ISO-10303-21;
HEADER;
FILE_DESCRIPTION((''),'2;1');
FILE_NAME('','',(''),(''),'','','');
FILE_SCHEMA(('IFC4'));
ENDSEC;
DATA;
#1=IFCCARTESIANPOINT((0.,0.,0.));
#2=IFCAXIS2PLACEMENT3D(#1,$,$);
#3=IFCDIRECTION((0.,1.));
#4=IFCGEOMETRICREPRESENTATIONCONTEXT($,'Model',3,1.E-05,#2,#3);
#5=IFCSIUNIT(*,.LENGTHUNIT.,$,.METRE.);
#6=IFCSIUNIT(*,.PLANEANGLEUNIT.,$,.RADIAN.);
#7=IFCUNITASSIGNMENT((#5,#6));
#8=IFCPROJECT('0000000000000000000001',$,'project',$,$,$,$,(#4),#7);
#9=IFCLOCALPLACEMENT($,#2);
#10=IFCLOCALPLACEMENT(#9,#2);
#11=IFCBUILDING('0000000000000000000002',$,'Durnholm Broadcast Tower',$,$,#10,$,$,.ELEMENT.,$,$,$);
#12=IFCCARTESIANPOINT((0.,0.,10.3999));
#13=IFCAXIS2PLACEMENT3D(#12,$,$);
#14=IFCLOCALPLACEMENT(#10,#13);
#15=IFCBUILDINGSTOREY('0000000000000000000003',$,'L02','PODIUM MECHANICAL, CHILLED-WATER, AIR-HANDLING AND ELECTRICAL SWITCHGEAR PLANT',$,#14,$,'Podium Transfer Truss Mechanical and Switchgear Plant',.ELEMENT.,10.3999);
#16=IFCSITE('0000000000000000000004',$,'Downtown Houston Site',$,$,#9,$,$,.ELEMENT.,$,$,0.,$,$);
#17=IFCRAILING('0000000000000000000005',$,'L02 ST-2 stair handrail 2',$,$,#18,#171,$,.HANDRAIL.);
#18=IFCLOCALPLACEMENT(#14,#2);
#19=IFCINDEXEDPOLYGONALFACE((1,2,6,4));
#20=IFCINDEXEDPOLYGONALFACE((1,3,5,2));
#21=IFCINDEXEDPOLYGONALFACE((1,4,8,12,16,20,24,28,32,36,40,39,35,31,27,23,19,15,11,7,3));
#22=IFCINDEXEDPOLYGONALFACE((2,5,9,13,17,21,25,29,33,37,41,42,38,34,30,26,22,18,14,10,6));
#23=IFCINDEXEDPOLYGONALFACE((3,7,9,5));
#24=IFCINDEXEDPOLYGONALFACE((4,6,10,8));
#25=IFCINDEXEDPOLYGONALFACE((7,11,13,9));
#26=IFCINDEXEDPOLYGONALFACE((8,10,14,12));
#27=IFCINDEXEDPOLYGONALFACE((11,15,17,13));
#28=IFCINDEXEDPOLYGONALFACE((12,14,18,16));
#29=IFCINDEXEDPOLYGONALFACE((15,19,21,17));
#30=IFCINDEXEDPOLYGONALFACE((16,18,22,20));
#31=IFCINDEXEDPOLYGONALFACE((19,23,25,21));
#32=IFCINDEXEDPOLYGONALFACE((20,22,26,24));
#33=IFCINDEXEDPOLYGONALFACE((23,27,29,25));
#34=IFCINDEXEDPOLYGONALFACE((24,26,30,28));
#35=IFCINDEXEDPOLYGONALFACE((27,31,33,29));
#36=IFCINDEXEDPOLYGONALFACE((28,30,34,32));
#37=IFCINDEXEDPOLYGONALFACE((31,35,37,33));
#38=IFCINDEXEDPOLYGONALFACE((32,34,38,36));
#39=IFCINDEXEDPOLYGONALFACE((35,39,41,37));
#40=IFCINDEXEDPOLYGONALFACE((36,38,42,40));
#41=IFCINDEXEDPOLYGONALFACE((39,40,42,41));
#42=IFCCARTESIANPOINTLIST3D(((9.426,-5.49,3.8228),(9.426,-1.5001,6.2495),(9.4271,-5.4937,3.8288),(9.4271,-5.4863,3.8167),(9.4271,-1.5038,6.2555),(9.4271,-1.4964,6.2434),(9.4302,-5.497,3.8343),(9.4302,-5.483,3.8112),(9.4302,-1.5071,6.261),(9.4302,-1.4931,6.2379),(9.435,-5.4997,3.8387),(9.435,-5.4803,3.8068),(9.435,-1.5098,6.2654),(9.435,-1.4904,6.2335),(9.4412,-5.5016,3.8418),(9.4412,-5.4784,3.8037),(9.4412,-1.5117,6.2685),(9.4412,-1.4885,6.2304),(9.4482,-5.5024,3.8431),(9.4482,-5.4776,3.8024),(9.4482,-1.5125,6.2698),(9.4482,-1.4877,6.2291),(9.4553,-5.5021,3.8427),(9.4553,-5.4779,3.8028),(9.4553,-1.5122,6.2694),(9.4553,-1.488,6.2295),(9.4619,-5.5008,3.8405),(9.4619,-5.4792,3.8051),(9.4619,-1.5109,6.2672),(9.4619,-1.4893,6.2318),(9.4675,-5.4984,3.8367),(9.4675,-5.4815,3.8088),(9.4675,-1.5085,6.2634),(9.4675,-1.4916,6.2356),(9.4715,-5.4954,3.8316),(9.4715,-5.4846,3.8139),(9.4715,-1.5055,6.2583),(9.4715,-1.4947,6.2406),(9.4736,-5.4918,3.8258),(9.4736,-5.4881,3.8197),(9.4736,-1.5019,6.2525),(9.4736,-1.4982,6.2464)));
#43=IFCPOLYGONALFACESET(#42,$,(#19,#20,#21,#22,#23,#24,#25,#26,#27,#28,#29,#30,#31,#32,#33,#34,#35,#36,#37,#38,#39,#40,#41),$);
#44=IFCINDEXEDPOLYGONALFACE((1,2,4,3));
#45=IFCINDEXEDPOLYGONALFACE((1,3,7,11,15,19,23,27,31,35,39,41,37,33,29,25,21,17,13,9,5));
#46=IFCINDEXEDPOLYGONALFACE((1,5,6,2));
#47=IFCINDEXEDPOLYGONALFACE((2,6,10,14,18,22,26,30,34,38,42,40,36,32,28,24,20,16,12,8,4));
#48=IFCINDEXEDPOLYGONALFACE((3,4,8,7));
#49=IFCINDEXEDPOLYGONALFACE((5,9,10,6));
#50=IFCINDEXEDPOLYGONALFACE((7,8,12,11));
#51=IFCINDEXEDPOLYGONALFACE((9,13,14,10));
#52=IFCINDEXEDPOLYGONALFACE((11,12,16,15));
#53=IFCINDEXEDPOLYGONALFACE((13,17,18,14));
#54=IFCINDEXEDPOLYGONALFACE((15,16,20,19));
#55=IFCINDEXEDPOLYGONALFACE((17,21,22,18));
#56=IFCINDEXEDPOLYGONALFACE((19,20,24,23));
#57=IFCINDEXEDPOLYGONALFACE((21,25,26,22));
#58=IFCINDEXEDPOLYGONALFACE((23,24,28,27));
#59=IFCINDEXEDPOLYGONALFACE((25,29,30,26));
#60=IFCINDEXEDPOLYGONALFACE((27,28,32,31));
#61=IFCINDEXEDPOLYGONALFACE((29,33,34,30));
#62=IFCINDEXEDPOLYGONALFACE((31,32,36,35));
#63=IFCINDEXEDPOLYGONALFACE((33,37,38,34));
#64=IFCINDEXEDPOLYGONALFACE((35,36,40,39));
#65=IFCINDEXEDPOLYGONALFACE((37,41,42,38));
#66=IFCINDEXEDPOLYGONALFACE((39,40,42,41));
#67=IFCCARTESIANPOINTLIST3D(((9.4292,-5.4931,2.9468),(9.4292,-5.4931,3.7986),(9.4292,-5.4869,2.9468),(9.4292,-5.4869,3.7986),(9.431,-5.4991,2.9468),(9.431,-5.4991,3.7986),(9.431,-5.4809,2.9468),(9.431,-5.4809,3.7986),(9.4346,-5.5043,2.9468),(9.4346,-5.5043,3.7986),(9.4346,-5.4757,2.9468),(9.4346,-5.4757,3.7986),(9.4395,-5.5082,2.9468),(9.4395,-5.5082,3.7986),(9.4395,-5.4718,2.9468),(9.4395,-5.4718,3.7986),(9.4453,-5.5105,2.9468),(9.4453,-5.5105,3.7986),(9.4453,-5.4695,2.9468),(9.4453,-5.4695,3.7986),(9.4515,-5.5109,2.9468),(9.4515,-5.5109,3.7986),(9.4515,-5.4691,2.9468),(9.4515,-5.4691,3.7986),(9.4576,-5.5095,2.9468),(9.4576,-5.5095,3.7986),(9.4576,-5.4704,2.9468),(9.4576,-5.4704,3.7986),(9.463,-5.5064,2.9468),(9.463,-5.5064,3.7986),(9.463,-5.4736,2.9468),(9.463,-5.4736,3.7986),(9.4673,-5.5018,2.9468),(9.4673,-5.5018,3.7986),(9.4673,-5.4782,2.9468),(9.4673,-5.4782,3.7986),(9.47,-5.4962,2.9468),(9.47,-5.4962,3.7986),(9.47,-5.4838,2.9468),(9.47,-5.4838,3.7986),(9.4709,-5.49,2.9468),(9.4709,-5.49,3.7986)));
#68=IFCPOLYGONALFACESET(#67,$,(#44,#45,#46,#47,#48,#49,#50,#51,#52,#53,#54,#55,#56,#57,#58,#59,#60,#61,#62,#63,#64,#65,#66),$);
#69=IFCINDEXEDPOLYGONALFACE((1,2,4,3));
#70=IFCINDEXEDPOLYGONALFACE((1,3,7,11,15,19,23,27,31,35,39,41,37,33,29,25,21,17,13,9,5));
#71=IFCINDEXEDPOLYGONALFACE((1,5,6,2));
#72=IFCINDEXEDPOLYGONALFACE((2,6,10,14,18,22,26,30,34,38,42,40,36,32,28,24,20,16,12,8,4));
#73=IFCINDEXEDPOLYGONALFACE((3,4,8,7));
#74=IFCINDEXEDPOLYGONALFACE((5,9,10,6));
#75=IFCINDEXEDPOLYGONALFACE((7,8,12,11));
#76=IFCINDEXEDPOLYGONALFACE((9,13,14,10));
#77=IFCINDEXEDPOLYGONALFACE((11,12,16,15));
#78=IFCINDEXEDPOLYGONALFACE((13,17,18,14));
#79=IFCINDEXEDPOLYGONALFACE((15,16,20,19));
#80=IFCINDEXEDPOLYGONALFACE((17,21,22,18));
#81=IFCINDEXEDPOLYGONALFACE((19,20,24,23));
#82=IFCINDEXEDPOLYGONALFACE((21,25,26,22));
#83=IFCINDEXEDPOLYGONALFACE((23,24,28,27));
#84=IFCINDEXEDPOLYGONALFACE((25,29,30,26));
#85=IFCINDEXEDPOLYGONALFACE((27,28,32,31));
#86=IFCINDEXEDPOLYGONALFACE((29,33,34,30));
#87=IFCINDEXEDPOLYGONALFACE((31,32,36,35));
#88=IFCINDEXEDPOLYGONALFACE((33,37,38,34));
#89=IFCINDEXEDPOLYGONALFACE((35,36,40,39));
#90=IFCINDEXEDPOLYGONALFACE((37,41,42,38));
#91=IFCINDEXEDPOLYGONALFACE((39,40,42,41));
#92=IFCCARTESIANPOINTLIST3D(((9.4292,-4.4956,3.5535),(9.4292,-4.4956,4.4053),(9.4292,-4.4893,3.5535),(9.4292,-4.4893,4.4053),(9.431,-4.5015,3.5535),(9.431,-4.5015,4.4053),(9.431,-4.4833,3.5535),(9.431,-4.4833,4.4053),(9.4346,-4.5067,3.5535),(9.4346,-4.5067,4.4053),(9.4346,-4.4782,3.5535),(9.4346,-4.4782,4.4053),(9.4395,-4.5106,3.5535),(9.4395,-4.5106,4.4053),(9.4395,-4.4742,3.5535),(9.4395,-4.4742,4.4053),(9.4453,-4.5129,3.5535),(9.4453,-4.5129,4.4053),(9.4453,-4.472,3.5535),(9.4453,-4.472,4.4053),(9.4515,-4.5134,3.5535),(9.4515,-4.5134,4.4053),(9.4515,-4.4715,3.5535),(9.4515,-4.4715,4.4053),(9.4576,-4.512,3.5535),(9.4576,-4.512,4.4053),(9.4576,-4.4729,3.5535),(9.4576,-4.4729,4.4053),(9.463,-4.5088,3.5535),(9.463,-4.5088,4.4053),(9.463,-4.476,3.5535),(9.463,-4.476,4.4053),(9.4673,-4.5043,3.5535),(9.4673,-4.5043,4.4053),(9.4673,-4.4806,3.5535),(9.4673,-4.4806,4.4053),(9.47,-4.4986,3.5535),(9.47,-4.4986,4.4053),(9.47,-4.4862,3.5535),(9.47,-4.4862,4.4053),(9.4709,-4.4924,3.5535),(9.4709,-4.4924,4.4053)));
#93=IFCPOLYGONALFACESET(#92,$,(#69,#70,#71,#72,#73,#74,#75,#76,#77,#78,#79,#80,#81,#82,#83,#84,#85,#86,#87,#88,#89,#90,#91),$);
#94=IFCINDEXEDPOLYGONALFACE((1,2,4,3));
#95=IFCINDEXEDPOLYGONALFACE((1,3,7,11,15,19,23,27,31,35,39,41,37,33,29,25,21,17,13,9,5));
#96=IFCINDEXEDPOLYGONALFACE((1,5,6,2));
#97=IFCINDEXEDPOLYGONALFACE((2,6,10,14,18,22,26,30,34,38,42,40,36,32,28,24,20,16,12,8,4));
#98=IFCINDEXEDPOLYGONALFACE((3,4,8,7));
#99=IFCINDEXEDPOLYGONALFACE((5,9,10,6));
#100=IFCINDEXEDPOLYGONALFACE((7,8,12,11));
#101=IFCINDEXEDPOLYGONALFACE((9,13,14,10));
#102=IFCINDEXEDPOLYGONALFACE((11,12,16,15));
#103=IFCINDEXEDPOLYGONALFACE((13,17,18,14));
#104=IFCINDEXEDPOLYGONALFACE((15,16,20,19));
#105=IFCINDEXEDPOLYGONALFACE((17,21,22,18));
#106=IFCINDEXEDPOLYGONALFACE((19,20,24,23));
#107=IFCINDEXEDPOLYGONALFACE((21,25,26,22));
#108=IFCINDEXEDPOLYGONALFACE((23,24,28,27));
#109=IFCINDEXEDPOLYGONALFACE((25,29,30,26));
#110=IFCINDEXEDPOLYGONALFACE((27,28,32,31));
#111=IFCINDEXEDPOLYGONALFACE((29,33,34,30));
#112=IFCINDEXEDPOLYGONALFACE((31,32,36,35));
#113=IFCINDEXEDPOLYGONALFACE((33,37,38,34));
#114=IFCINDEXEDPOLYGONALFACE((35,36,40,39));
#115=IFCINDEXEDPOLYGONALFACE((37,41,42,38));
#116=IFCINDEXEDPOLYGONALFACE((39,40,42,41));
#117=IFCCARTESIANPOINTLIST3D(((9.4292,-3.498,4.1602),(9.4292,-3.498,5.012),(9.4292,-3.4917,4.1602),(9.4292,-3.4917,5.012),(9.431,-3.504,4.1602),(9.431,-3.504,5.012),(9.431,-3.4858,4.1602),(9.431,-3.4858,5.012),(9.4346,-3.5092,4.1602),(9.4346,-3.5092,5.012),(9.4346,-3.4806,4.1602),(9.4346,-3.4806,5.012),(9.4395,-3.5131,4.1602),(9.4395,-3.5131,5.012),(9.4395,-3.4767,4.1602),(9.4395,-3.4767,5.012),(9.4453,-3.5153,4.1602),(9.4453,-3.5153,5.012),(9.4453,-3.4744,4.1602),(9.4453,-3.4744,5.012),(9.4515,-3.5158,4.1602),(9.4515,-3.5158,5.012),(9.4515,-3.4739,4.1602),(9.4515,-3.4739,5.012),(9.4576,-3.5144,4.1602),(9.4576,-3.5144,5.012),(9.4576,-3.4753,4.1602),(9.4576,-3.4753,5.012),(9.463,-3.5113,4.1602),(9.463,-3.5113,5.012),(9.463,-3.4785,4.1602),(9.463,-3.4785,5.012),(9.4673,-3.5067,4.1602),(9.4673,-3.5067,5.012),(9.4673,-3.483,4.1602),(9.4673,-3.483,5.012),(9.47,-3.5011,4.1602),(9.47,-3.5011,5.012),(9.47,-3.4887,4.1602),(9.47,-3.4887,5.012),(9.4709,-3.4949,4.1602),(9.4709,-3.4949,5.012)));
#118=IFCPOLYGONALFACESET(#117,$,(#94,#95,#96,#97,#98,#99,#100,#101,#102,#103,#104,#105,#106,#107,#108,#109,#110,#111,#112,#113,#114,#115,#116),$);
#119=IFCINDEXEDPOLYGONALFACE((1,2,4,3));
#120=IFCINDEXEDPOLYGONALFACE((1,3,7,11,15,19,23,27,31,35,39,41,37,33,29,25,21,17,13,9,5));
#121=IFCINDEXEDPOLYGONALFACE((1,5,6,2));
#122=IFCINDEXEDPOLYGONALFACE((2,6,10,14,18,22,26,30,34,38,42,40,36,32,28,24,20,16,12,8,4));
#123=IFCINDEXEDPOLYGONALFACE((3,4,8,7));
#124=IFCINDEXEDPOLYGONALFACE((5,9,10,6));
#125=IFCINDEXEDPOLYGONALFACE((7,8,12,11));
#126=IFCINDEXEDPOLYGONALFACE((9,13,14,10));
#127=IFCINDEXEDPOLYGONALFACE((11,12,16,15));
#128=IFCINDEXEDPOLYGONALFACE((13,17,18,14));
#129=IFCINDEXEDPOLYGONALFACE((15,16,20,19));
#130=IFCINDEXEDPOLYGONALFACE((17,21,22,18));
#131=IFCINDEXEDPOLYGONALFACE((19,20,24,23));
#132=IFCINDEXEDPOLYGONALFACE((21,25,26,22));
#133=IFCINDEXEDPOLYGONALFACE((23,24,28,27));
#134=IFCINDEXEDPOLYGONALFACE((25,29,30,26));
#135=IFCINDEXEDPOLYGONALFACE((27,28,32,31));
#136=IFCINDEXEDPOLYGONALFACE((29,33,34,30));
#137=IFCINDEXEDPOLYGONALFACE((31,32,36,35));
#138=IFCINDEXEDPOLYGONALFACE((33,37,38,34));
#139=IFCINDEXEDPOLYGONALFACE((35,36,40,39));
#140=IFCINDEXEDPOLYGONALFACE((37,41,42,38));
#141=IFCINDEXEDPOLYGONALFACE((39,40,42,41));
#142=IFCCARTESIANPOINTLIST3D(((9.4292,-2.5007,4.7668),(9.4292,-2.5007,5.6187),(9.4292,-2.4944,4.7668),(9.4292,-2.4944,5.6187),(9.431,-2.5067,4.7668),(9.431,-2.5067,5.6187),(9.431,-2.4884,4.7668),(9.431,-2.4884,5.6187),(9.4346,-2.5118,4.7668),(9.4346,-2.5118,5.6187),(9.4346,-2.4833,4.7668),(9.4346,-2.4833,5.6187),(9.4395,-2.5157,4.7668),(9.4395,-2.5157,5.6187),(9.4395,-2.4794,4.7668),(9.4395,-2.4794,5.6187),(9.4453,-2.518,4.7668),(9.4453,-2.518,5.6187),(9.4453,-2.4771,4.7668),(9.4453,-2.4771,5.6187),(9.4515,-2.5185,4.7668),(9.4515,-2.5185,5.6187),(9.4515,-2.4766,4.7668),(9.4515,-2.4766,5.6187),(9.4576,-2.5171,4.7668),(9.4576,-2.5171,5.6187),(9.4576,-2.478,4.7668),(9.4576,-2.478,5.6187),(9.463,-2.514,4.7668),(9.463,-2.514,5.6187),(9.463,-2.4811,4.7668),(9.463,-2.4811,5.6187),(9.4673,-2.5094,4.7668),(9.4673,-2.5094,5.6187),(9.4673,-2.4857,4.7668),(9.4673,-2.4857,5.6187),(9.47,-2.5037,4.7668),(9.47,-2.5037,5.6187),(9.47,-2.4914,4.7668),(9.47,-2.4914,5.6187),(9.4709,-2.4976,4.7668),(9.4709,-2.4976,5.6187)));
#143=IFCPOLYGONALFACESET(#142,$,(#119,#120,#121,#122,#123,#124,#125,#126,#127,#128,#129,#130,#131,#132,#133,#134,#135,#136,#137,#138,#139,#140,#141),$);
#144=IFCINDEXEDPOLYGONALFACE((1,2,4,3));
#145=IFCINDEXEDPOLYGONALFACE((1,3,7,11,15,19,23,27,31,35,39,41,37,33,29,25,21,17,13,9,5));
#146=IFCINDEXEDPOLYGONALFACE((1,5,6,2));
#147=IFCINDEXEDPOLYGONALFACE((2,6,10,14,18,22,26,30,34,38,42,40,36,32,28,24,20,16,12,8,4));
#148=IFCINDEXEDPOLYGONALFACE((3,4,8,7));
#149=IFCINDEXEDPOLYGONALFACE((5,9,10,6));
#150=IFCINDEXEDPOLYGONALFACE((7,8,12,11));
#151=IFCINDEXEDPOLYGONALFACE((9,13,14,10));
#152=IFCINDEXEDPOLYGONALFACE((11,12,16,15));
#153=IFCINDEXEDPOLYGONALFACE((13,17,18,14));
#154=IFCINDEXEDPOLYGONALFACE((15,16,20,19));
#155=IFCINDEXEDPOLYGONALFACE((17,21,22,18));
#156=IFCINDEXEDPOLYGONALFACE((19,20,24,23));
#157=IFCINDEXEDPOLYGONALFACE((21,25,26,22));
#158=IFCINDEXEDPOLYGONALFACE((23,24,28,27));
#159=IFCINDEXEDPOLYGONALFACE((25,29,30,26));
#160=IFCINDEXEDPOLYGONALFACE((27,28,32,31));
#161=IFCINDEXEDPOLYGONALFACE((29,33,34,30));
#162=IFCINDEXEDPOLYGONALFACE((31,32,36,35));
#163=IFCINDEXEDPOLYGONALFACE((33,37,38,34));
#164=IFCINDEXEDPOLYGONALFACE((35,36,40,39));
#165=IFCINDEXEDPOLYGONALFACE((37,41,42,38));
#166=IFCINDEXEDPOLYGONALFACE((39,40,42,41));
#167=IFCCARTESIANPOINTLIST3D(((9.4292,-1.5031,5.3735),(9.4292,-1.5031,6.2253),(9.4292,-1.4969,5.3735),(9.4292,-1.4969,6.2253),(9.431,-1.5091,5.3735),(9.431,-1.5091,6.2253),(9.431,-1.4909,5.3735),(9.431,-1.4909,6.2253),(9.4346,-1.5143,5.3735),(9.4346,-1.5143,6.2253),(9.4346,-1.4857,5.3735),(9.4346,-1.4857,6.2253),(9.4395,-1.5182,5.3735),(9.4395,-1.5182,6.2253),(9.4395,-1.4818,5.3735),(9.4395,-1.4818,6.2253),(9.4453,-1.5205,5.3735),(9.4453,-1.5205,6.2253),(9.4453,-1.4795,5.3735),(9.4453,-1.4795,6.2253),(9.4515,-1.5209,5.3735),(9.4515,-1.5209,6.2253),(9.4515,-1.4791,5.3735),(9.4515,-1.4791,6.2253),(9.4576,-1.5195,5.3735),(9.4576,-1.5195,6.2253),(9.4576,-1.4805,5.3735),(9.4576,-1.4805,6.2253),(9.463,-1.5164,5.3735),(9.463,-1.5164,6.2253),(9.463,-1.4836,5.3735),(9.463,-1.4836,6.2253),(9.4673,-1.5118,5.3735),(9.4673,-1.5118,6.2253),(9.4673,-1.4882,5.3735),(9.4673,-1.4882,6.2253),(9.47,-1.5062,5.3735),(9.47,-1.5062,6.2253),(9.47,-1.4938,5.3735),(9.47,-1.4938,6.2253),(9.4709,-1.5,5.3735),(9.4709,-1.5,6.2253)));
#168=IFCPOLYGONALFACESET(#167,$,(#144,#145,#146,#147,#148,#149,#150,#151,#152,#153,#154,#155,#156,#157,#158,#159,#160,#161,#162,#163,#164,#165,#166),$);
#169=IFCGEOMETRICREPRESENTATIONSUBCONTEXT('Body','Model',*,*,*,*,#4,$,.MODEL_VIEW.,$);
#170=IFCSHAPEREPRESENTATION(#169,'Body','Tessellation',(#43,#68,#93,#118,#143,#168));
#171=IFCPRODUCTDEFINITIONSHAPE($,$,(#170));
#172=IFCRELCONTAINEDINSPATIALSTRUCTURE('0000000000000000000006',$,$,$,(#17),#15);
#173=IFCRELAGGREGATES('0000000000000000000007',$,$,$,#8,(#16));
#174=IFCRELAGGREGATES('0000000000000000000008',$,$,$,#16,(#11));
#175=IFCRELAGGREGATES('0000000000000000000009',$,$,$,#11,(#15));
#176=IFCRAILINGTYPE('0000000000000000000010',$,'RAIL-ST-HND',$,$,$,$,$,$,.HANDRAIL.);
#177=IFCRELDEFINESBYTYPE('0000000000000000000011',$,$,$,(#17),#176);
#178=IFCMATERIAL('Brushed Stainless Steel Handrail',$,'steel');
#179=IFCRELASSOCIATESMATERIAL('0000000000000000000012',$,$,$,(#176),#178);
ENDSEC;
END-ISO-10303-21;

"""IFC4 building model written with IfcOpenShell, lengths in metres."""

from ifc_helpers import new_model, si_unit, direction, frame, origin, origin_2d, place, context, subcontext, project, spatial, circle, extrude, material, type_object, element, save


model = new_model("IFC4")

# Units and contexts
model_context = context("Model", 3, precision=1e-05, world=origin(), true_north=direction((0.0, 1.0)))
body_context = subcontext(model_context, "Body", "Model", "MODEL_VIEW")
ifc_project = project(units=[si_unit("LENGTHUNIT", "METRE"), si_unit("PLANEANGLEUNIT", "RADIAN")], contexts=[model_context])

# Site, building, storey
site_placement = place(None, origin())
site = spatial("IfcSite", under=ifc_project, at=site_placement, Name="Downtown Houston Site", CompositionType="ELEMENT", RefElevation=0.0)
building_placement = place(site_placement, origin())
building = spatial("IfcBuilding", under=site, at=building_placement, Name="Durnholm Broadcast Tower", CompositionType="ELEMENT")
storey_placement = place(building_placement, frame((0.0, 0.0, 10.3999)))
storey = spatial("IfcBuildingStorey", under=building, at=storey_placement, Name="L02", Description="PODIUM MECHANICAL, CHILLED-WATER, AIR-HANDLING AND ELECTRICAL SWITCHGEAR PLANT", LongName="Podium Transfer Truss Mechanical and Switchgear Plant", CompositionType="ELEMENT", Elevation=10.3999)

# Railing
ifc_material_1 = material(Name="Brushed Stainless Steel Handrail", Category="steel")
railing_type_1 = type_object("IfcRailingType", Name="RAIL-ST-HND", PredefinedType="HANDRAIL", material=ifc_material_1)
railing_1_placement = place(storey_placement, frame((9.45, -5.49, 2.9468)))
element("IfcRailing", 1, at=railing_1_placement, inside=storey, type_object=railing_type_1, Name="L02 ST-2 stair handrail 2", PredefinedType="HANDRAIL", context=body_context, shape_type="SweptSolid", body=[
    extrude(circle(Radius=0.0239, at=origin_2d()), frame((0.0, 0.0, 0.876), z_axis=(0.0, 0.854382, 0.519645), x_axis=(-1.0, 0.0, 0.0)), (0.0, 0.0, 1.0), 4.6699),
    extrude(circle(Radius=0.021, at=origin_2d()), origin(), (0.0, 0.0, 1.0), 0.8518),
    extrude(circle(Radius=0.021, at=origin_2d()), frame((0.0, 0.9976, 0.6067)), (0.0, 0.0, 1.0), 0.8518),
    extrude(circle(Radius=0.021, at=origin_2d()), frame((0.0, 1.9951, 1.2134)), (0.0, 0.0, 1.0), 0.8518),
    extrude(circle(Radius=0.021, at=origin_2d()), frame((0.0, 2.9924, 1.8201)), (0.0, 0.0, 1.0), 0.8518),
    extrude(circle(Radius=0.021, at=origin_2d()), frame((0.0, 3.99, 2.4268)), (0.0, 0.0, 1.0), 0.8518),
])

save(model, "model.ifc")
